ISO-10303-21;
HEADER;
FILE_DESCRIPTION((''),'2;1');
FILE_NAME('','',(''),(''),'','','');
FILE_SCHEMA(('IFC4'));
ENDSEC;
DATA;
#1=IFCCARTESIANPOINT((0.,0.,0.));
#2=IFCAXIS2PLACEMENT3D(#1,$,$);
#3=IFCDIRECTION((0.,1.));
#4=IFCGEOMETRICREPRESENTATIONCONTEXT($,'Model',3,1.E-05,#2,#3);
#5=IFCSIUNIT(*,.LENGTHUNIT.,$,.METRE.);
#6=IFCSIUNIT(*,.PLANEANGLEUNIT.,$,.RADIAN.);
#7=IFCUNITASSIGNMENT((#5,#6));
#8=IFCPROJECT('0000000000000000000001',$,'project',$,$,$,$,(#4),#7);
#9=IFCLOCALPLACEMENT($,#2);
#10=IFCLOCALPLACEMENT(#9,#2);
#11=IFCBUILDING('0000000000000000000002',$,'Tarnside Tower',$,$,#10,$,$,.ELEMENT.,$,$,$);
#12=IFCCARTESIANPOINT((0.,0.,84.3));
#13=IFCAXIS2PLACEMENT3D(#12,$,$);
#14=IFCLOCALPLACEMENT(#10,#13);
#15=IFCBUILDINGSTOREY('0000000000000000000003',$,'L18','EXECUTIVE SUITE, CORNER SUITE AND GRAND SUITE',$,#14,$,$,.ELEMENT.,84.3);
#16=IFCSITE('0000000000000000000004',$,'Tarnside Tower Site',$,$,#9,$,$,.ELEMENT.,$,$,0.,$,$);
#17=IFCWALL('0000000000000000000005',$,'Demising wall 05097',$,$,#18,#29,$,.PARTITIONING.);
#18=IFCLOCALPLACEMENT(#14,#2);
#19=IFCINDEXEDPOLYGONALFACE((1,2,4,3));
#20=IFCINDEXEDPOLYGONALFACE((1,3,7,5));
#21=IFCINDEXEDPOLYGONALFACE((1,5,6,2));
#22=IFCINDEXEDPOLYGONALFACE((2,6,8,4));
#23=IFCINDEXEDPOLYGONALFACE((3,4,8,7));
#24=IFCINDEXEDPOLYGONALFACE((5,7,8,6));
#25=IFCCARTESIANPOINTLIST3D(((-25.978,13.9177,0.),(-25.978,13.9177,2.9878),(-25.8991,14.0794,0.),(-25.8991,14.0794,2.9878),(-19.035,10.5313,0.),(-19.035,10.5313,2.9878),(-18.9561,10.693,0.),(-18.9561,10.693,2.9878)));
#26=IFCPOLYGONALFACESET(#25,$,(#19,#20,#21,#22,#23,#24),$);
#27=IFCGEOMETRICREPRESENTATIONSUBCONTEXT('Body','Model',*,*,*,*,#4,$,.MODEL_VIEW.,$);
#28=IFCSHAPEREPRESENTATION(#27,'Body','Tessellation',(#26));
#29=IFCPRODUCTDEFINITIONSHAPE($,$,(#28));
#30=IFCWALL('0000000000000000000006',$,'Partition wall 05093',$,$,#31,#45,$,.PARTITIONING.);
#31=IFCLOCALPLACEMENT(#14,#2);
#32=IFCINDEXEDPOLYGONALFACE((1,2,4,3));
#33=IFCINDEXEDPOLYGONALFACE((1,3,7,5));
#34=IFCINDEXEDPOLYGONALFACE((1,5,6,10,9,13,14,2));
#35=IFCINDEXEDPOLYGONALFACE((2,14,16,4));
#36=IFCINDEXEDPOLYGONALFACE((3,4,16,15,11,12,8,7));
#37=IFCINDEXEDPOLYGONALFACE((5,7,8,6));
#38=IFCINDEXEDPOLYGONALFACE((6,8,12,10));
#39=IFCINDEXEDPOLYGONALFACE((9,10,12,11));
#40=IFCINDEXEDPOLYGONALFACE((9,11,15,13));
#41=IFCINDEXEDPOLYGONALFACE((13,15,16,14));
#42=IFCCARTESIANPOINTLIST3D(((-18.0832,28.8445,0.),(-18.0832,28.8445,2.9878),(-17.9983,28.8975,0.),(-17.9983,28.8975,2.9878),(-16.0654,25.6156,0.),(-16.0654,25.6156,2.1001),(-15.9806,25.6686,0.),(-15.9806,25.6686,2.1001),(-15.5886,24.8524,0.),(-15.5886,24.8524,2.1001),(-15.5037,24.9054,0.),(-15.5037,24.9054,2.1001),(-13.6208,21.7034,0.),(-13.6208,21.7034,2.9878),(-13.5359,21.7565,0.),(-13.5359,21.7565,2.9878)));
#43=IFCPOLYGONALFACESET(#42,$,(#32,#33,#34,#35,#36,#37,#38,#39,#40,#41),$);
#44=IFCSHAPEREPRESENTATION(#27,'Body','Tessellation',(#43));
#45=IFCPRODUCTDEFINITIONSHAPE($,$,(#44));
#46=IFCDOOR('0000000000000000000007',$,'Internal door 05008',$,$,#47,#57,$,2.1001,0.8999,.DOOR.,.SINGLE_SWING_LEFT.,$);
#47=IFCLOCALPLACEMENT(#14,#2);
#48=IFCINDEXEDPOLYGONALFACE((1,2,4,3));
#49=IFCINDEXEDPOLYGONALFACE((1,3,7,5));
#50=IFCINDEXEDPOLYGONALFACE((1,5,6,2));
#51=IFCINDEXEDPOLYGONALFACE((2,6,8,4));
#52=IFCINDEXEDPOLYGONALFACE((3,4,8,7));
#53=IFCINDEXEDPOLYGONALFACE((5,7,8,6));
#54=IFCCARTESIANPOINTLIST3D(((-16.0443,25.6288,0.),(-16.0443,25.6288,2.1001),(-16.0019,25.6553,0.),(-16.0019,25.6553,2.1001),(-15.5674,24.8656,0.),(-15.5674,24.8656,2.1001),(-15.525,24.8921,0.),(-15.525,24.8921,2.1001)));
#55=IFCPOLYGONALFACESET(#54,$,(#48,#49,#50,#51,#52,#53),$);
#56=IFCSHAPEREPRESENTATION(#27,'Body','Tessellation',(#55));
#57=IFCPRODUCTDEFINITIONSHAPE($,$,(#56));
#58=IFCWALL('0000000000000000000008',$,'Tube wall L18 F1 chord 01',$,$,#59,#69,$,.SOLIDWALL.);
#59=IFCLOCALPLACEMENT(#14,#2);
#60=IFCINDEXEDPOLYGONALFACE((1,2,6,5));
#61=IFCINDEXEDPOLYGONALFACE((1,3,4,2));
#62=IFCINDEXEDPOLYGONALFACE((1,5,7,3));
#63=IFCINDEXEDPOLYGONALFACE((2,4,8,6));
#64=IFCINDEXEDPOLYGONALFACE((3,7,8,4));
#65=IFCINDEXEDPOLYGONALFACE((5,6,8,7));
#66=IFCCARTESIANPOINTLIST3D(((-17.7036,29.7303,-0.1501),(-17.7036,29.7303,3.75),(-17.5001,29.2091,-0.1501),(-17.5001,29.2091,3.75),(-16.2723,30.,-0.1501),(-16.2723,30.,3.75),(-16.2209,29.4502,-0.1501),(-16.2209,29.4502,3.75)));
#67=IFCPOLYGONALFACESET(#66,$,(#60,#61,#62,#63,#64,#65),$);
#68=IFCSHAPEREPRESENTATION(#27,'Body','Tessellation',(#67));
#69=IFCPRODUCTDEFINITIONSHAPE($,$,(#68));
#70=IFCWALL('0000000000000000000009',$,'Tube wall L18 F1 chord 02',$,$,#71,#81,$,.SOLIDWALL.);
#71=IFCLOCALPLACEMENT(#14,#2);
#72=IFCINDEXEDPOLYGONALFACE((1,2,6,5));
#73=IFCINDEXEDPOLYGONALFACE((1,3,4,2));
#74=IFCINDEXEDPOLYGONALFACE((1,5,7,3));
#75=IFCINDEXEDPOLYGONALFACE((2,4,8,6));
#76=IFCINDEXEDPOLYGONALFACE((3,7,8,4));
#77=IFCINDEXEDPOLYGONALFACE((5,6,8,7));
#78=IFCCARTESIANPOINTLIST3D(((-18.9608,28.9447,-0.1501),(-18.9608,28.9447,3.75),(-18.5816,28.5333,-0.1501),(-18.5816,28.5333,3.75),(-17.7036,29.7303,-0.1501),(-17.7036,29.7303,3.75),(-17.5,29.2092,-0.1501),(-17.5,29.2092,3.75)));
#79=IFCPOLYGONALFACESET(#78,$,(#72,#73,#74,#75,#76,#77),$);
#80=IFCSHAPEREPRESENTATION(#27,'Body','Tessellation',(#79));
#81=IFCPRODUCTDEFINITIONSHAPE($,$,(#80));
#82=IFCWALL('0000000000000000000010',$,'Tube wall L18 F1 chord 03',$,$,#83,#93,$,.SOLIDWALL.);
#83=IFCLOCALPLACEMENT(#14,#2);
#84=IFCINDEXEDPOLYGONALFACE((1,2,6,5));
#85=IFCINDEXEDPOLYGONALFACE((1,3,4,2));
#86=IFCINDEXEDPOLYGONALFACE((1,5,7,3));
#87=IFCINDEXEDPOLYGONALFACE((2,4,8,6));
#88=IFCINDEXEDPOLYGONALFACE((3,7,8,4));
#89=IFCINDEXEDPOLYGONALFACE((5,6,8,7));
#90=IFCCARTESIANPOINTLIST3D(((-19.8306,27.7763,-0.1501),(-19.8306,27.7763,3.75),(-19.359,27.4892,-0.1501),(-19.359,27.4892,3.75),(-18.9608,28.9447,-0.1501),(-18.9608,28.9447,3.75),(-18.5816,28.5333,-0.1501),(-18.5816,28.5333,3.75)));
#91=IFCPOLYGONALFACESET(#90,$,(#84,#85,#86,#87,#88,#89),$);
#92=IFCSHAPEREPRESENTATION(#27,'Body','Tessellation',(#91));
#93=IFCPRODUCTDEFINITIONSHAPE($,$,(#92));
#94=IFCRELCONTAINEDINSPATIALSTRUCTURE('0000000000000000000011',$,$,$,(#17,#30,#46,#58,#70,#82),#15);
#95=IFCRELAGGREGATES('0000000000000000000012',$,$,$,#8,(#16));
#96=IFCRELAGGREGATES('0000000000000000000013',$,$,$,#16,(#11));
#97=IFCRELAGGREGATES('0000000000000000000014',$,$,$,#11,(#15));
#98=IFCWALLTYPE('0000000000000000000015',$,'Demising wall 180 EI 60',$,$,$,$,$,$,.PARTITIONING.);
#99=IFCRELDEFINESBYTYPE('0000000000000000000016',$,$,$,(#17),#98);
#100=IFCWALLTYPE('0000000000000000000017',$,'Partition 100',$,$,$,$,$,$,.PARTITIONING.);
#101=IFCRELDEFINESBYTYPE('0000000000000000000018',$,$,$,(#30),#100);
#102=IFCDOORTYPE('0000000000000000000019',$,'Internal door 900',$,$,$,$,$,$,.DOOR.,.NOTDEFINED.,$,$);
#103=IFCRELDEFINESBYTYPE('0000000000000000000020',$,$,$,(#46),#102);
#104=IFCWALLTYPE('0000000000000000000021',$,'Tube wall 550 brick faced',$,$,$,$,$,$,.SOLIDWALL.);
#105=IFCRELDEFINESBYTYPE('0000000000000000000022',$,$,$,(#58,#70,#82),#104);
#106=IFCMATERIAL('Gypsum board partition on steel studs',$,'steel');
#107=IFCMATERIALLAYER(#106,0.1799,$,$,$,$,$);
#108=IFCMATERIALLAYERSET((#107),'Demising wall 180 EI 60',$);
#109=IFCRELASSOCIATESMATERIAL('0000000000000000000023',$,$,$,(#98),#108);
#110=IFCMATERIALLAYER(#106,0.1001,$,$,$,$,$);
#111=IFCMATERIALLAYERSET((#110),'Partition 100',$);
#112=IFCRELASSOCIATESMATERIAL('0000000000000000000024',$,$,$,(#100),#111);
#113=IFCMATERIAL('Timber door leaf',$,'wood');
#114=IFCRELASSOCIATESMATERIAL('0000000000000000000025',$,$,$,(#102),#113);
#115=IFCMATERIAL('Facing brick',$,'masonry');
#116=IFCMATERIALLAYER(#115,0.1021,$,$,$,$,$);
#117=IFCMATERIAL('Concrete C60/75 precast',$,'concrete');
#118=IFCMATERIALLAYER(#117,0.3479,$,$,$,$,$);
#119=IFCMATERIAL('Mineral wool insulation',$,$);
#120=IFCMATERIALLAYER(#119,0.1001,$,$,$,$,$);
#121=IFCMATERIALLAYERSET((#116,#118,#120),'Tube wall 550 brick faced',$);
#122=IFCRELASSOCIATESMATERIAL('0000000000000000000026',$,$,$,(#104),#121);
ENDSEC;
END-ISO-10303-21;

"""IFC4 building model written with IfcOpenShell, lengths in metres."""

from ifc_helpers import new_model, si_unit, direction, frame, frame_2d, origin, place, context, subcontext, project, spatial, polyline, rectangle, outline, extrude, material, layer, layer_set, type_object, element, fill, save


model = new_model("IFC4")

# Units and contexts
model_context = context("Model", 3, precision=1e-05, world=origin(), true_north=direction((0.0, 1.0)))
body_context = subcontext(model_context, "Body", "Model", "MODEL_VIEW")
ifc_project = project(units=[si_unit("LENGTHUNIT", "METRE"), si_unit("PLANEANGLEUNIT", "RADIAN")], contexts=[model_context])

# Site, building, storey
site_placement = place(None, origin())
site = spatial("IfcSite", under=ifc_project, at=site_placement, Name="Tarnside Tower Site", CompositionType="ELEMENT", RefElevation=0.0)
building_placement = place(site_placement, origin())
building = spatial("IfcBuilding", under=site, at=building_placement, Name="Tarnside Tower", CompositionType="ELEMENT")
storey_placement = place(building_placement, frame((0.0, 0.0, 84.3)))
storey = spatial("IfcBuildingStorey", under=building, at=storey_placement, Name="L18", Description="EXECUTIVE SUITE, CORNER SUITE AND GRAND SUITE", CompositionType="ELEMENT", Elevation=84.3)

# Shared definitions
ifc_material_1 = material(Name="Gypsum board partition on steel studs", Category="steel")

# Shared definitions
ifc_material_2 = material(Name="Timber door leaf", Category="wood")

# Wall
ifc_layer_1 = layer(ifc_material_1, 0.1799)
ifc_layer_set_1 = layer_set([ifc_layer_1], Name="Demising wall 180 EI 60")
wall_type_1 = type_object("IfcWallType", Name="Demising wall 180 EI 60", PredefinedType="PARTITIONING", material=ifc_layer_set_1)
for number, where, z_axis, x_axis, name in (
    (1, (-25.9385, 13.9985, 0.0), (0.0, 0.0, 1.0), (0.898789, -0.438381, 0.0), "Demising wall 05097"),
):
    element("IfcWall", number, at=place(storey_placement, frame(where, z_axis=z_axis, x_axis=x_axis)), inside=storey, type_object=wall_type_1, Name=name, PredefinedType="PARTITIONING", context=body_context, shape_type="SweptSolid", body=[
        extrude(rectangle(XDim=7.7249, YDim=0.1799, at=frame_2d((3.8623, 0.0))), origin(), (0.0, 0.0, 1.0), 2.9878),
    ])

# Wall, opening, door
ifc_layer_2 = layer(ifc_material_1, 0.1001)
ifc_layer_set_2 = layer_set([ifc_layer_2], Name="Partition 100")
wall_type_2 = type_object("IfcWallType", Name="Partition 100", PredefinedType="PARTITIONING", material=ifc_layer_set_2)
wall_1_placement = place(storey_placement, frame((-18.0408, 28.8711, 0.0), z_axis=(0.0, 0.0, 1.0), x_axis=(0.529931, -0.848041, 0.0)))
wall_1 = element("IfcWall", 2, at=wall_1_placement, inside=storey, type_object=wall_type_2, Name="Partition wall 05093", PredefinedType="PARTITIONING", context=body_context, shape_type="SweptSolid", body=[
    extrude(rectangle(XDim=8.4207, YDim=0.1001, at=frame_2d((4.2104, 0.0))), origin(), (0.0, 0.0, 1.0), 2.9878),
])
opening_1_placement = place(wall_1_placement, frame((3.8076, 0.0, 0.0)))
opening_1 = element("IfcOpeningElement", 3, at=opening_1_placement, cuts=wall_1, PredefinedType="OPENING", context=body_context, shape_type="SweptSolid", body=[
    extrude(rectangle(XDim=0.8999, YDim=2.1001, at=frame_2d((0.45, 1.05))), frame((0.0, 0.0601, 0.0), z_axis=(0.0, -1.0, 0.0), x_axis=(1.0, 0.0, 0.0)), (0.0, 0.0, 1.0), 0.1201),
])
door_type_1 = type_object("IfcDoorType", Name="Internal door 900", OperationType="NOTDEFINED", PredefinedType="DOOR", material=ifc_material_2)
door_1_placement = place(opening_1_placement, origin())
door_1 = element("IfcDoor", 4, at=door_1_placement, inside=storey, type_object=door_type_1, Name="Internal door 05008", OperationType="SINGLE_SWING_LEFT", OverallHeight=2.1001, OverallWidth=0.8999, PredefinedType="DOOR", context=body_context, shape_type="SweptSolid", body=[
    extrude(rectangle(XDim=0.8999, YDim=2.1001, at=frame_2d((0.45, 1.05))), frame((0.0, 0.0249, 0.0), z_axis=(0.0, -1.0, 0.0), x_axis=(1.0, 0.0, 0.0)), (0.0, 0.0, 1.0), 0.05),
])
fill(opening_1, door_1)

# Walls
ifc_material_3 = material(Name="Facing brick", Category="masonry")
ifc_layer_3 = layer(ifc_material_3, 0.1021)
ifc_material_4 = material(Name="Concrete C60/75 precast", Category="concrete")
ifc_layer_4 = layer(ifc_material_4, 0.3479)
ifc_material_5 = material(Name="Mineral wool insulation")
ifc_layer_5 = layer(ifc_material_5, 0.1001)
ifc_layer_set_3 = layer_set([ifc_layer_3, ifc_layer_4, ifc_layer_5], Name="Tube wall 550 brick faced")
wall_type_3 = type_object("IfcWallType", Name="Tube wall 550 brick faced", PredefinedType="SOLIDWALL", material=ifc_layer_set_3)
wall_2_placement = place(storey_placement, frame((-16.2466, 29.7251, -0.1501), z_axis=(0.0, 0.0, 1.0), x_axis=(-0.982705, -0.185176, 0.0)))
element("IfcWall", 5, at=wall_2_placement, inside=storey, type_object=wall_type_3, Name="Tube wall L18 F1 chord 01", PredefinedType="SOLIDWALL", context=body_context, shape_type="SweptSolid", body=[
    extrude(outline(polyline([(-0.0256, -0.2749), (1.4309, -0.2749), (1.3274, 0.2749), (0.0256, 0.2749), (-0.0256, -0.2749)])), origin(), (0.0, 0.0, 1.0), 3.9001),
])
wall_3_placement = place(storey_placement, frame((-17.6018, 29.4697, -0.1501), z_axis=(0.0, 0.0, 1.0), x_axis=(-0.848058, -0.529903, 0.0)))
element("IfcWall", 6, at=wall_3_placement, inside=storey, type_object=wall_type_3, Name="Tube wall L18 F1 chord 02", PredefinedType="SOLIDWALL", context=body_context, shape_type="SweptSolid", body=[
    extrude(outline(polyline([(-0.0518, -0.2749), (1.4307, -0.2749), (1.3271, 0.2749), (0.0518, 0.2749), (-0.0518, -0.2749)])), origin(), (0.0, 0.0, 1.0), 3.9001),
])
wall_4_placement = place(storey_placement, frame((-18.7712, 28.739, -0.1501), z_axis=(0.0, 0.0, 1.0), x_axis=(-0.597135, -0.802141, 0.0)))
element("IfcWall", 7, at=wall_4_placement, inside=storey, type_object=wall_type_3, Name="Tube wall L18 F1 chord 03", PredefinedType="SOLIDWALL", context=body_context, shape_type="SweptSolid", body=[
    extrude(outline(polyline([(-0.0518, -0.2749), (1.4048, -0.2749), (1.3535, 0.2749), (0.0518, 0.2749), (-0.0518, -0.2749)])), origin(), (0.0, 0.0, 1.0), 3.9001),
])

save(model, "model.ifc")
